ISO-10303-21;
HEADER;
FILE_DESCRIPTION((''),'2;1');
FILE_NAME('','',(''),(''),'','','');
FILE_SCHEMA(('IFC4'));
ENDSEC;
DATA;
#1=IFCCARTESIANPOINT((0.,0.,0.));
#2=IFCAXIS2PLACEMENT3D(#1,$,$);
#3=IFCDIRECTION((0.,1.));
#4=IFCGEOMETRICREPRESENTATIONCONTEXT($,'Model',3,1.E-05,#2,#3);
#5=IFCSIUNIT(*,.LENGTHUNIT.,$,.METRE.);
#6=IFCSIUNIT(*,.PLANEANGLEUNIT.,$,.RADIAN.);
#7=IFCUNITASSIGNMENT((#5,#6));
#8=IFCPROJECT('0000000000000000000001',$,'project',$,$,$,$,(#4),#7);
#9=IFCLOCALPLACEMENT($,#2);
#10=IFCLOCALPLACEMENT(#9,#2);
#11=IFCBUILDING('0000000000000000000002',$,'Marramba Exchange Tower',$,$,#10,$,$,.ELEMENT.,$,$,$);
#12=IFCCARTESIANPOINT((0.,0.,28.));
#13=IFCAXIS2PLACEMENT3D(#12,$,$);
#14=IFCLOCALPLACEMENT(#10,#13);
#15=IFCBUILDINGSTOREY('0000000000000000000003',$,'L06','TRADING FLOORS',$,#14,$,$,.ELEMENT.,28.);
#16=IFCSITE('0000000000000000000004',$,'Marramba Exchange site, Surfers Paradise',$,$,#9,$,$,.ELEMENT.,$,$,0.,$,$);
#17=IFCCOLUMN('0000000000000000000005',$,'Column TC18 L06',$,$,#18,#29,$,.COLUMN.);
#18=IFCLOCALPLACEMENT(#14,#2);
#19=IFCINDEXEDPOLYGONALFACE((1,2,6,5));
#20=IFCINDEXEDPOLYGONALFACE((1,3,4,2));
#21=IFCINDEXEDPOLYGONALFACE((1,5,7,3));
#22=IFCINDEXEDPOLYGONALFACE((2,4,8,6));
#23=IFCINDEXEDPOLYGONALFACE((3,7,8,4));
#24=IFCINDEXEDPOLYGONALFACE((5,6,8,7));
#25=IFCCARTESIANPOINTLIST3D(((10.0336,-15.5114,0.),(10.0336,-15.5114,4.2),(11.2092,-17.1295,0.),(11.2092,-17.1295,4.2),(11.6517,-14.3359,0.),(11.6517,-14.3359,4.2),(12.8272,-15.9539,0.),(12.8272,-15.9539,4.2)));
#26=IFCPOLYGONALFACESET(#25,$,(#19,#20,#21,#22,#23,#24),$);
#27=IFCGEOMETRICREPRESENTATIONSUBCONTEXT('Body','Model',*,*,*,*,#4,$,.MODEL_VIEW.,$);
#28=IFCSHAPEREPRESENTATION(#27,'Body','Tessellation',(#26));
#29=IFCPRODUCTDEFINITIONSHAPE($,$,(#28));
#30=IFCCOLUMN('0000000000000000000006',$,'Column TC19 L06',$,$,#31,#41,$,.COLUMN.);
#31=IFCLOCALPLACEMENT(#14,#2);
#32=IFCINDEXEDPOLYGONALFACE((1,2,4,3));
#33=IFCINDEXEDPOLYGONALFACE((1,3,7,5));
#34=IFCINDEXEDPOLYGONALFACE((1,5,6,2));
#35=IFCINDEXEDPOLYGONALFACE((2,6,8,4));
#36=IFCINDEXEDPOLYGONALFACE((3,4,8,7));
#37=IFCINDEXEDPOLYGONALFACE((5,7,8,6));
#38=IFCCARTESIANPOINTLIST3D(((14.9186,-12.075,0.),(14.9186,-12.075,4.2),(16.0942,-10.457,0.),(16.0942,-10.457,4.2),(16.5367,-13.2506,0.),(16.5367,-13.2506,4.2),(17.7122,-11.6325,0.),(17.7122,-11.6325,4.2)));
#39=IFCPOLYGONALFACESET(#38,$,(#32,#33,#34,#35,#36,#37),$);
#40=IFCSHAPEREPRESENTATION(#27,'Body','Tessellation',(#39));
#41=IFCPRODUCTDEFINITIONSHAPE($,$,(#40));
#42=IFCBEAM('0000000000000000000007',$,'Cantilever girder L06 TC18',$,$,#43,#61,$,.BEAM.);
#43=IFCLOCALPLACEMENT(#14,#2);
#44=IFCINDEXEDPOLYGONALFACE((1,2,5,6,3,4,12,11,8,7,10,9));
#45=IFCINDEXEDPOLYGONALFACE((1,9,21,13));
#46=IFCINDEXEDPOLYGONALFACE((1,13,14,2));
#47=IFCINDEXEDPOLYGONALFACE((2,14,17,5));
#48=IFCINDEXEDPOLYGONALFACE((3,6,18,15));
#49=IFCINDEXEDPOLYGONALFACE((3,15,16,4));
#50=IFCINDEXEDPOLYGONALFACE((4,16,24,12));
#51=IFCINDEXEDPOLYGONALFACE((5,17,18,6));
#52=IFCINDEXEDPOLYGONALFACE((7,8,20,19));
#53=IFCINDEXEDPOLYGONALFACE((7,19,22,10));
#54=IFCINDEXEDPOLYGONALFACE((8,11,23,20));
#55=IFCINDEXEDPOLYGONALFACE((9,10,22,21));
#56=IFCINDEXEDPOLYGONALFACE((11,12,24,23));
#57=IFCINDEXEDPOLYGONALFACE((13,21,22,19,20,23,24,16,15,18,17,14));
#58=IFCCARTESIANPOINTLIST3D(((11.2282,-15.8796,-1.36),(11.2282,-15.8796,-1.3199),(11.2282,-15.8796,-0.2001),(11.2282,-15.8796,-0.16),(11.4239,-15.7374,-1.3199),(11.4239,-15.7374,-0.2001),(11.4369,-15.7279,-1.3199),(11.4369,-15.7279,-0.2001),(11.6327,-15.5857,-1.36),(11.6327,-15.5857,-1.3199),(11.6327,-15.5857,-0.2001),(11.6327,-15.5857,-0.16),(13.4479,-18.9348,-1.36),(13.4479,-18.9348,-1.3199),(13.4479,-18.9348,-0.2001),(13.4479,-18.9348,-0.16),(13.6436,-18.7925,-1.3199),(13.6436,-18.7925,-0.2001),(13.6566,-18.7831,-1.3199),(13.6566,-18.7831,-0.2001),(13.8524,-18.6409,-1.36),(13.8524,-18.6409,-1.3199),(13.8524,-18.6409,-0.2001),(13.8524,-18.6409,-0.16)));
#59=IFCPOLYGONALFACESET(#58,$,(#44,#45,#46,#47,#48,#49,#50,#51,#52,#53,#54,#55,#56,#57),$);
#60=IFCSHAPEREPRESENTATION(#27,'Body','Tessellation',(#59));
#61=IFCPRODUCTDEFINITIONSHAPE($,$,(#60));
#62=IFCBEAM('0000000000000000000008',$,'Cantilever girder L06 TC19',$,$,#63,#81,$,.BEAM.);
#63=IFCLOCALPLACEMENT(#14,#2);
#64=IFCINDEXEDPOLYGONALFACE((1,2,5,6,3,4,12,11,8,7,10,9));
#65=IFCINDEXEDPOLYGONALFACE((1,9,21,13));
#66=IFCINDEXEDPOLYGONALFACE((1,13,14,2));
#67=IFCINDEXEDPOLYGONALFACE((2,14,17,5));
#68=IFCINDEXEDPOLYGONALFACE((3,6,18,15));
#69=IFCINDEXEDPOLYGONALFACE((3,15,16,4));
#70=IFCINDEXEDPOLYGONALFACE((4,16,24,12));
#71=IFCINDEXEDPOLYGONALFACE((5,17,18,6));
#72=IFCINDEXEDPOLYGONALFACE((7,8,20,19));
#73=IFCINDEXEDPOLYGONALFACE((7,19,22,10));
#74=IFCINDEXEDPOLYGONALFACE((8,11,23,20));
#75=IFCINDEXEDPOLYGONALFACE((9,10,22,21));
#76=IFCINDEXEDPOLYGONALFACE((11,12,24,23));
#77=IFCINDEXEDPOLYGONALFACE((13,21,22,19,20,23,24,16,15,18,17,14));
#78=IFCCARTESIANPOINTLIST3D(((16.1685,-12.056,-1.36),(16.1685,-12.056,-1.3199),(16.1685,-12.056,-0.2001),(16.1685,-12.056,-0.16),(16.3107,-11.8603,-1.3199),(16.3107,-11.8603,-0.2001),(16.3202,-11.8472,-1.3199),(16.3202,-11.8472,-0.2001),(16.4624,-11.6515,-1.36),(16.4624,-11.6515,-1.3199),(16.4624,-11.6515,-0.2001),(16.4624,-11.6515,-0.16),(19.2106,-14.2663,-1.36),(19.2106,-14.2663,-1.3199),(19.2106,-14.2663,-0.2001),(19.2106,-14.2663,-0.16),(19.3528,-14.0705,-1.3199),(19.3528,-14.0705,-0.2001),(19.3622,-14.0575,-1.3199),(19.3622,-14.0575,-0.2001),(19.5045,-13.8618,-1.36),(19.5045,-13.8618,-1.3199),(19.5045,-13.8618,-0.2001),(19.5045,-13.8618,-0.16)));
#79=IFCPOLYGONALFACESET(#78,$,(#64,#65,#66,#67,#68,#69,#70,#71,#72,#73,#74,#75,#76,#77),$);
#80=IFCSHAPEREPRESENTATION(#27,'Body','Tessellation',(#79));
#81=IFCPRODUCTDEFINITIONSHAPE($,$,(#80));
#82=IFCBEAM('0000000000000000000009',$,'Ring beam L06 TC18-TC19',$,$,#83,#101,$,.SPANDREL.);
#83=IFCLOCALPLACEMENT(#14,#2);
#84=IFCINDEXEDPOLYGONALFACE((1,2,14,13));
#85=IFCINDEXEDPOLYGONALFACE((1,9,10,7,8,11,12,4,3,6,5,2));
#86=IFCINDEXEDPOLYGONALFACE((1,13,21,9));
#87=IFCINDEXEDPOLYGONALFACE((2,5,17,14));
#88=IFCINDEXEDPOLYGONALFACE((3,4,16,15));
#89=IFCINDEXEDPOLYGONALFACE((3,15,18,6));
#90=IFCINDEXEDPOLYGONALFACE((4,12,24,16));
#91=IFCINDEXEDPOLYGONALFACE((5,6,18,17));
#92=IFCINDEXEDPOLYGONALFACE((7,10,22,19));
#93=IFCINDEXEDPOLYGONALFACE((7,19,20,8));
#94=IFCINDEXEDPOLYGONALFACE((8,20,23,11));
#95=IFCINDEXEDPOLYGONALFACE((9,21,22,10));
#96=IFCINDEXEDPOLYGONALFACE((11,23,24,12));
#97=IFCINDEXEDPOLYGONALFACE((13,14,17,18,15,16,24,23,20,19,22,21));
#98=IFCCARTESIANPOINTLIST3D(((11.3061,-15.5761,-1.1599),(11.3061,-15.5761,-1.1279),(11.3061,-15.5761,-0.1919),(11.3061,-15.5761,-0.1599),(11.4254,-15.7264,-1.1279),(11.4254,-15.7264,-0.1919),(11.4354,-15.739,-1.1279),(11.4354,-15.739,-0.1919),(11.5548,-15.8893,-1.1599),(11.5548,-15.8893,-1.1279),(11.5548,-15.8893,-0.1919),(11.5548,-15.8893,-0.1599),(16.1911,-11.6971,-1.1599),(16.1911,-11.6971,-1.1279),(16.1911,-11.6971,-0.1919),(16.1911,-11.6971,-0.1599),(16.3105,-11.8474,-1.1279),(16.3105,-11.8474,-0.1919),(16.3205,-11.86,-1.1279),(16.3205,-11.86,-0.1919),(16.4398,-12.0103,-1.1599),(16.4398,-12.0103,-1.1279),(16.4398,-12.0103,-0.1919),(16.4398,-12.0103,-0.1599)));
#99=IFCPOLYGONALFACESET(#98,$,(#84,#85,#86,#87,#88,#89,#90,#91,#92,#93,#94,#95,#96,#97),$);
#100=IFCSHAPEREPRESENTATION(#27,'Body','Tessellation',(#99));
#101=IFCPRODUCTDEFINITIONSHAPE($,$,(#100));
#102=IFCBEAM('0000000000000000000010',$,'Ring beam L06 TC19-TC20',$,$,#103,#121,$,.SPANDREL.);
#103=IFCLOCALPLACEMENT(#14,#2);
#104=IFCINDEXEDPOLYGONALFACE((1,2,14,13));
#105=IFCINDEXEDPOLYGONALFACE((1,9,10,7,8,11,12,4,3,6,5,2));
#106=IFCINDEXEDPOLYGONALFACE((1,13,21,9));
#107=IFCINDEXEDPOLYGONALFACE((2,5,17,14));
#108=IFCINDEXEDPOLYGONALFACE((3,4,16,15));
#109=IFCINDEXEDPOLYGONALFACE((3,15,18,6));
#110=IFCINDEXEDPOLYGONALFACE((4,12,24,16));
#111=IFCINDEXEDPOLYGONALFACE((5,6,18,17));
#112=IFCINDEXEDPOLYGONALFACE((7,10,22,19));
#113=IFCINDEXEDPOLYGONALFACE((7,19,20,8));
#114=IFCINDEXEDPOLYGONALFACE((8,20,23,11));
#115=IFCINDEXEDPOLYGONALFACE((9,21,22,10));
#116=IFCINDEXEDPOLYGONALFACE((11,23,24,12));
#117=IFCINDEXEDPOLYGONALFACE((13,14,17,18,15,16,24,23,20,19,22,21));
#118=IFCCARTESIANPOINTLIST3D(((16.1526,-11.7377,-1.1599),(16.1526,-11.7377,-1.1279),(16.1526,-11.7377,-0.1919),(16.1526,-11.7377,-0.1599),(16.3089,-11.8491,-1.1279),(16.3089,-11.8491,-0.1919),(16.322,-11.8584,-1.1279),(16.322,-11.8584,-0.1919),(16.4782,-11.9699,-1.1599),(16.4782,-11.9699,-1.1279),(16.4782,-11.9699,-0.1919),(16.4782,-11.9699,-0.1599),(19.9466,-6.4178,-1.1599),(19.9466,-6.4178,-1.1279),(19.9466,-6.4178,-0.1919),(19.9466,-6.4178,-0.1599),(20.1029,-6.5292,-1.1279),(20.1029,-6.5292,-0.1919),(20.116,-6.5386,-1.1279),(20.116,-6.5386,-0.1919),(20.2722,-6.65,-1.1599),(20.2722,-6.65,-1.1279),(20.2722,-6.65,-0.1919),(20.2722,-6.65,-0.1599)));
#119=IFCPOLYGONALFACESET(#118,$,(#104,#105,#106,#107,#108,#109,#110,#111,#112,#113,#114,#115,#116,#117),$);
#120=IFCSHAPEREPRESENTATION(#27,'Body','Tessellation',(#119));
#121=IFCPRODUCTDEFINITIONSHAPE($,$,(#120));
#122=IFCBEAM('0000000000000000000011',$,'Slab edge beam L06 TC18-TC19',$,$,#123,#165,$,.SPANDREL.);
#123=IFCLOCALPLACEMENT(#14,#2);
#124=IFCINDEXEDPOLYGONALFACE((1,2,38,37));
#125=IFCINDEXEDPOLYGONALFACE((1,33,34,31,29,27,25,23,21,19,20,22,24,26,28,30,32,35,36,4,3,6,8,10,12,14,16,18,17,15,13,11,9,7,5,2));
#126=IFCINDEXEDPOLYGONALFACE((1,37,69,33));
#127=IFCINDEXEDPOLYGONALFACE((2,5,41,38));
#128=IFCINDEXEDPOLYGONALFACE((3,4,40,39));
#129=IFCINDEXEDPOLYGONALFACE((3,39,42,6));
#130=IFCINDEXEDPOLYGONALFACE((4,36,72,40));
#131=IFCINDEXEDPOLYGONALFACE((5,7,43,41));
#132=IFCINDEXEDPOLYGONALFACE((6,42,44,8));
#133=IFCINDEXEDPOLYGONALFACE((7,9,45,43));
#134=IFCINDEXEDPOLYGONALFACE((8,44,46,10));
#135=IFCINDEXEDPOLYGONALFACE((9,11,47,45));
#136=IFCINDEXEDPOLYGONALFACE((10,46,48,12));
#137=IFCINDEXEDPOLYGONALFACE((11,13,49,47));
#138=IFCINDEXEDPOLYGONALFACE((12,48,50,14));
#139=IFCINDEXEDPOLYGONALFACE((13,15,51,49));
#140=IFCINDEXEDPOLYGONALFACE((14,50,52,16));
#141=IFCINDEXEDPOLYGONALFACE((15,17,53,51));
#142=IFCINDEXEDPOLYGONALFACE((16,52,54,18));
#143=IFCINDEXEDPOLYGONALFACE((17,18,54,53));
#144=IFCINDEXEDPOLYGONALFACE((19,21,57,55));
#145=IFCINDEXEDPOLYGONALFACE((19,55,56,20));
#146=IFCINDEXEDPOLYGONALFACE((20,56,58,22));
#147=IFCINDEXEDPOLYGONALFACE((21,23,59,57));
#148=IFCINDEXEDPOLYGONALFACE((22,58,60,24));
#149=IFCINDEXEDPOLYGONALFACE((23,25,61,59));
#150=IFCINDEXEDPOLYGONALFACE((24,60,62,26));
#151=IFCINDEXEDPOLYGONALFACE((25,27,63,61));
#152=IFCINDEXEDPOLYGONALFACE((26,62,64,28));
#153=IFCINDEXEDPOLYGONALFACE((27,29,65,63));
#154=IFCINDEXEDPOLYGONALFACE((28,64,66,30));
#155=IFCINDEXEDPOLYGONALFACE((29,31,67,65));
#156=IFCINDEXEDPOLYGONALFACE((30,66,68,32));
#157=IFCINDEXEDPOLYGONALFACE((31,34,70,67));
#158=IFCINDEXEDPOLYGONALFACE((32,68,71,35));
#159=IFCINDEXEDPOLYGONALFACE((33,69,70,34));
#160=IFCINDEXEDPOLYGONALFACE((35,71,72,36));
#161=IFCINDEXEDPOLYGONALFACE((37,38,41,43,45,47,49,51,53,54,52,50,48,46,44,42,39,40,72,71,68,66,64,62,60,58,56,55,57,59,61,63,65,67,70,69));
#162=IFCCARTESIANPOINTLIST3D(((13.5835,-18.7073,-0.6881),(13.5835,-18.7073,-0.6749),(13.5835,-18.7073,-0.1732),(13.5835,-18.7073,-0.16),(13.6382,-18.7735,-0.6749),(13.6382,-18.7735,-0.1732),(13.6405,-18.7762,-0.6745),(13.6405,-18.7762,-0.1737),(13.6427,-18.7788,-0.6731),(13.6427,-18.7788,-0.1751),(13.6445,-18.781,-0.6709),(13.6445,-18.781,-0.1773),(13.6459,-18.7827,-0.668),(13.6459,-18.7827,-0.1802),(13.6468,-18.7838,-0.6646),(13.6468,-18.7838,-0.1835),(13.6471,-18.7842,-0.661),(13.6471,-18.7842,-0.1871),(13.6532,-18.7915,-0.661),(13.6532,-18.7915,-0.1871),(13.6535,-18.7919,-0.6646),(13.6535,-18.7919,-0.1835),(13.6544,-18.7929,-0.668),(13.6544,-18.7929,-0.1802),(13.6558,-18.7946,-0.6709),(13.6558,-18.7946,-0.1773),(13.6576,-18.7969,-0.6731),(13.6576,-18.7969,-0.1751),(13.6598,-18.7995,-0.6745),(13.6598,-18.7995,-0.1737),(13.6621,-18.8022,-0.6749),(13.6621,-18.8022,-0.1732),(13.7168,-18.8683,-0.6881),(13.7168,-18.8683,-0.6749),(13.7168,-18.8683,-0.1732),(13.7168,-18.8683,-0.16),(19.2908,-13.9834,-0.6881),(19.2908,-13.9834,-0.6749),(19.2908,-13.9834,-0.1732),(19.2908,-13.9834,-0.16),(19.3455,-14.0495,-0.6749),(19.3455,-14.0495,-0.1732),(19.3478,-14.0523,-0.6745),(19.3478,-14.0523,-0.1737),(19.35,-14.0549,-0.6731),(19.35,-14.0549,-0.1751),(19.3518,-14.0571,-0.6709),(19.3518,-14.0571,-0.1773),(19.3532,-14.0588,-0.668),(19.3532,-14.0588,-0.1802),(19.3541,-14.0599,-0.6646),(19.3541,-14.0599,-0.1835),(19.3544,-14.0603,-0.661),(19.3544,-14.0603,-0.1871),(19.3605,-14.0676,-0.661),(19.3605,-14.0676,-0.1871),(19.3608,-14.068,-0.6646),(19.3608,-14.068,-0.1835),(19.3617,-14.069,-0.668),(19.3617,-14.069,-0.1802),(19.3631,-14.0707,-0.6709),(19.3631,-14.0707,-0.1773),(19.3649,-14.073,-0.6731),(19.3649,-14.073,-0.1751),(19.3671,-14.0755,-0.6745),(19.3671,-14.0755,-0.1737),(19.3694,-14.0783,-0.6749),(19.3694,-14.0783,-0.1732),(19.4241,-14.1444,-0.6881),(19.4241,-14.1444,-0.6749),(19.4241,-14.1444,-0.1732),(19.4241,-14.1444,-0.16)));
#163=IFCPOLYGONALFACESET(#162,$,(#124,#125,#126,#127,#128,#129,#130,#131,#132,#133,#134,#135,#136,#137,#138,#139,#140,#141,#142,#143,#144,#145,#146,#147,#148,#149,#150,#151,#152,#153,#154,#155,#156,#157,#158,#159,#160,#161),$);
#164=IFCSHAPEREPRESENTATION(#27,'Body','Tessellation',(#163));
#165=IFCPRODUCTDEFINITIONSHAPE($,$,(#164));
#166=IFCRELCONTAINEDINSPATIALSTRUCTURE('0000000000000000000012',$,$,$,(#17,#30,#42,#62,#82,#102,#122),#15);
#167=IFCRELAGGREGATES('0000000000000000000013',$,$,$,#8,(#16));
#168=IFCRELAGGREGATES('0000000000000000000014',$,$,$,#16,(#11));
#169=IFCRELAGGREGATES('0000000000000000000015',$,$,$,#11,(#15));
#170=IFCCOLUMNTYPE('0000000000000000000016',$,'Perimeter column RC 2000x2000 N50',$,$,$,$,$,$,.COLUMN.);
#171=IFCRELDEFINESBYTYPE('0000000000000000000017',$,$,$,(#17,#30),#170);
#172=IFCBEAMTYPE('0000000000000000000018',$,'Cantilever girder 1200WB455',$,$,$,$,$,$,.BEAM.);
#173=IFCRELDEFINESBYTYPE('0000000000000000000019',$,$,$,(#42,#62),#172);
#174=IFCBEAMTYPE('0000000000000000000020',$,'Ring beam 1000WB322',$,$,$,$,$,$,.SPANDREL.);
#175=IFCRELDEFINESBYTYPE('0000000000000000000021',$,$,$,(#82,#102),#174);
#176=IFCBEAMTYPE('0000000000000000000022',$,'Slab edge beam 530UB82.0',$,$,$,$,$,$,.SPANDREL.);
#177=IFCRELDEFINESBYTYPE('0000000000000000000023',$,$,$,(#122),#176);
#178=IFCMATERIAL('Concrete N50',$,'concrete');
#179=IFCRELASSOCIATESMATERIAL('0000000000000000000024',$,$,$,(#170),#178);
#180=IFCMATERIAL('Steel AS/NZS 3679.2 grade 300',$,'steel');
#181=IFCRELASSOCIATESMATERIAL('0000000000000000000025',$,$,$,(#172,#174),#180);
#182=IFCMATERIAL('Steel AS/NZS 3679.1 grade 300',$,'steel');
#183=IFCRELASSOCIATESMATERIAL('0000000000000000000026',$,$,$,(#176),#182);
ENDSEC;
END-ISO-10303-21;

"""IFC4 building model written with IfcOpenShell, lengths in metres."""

from ifc_helpers import new_model, si_unit, direction, frame, origin, origin_2d, place, context, subcontext, project, spatial, rectangle, i_section, extrude, material, material_profile, profile_set, type_object, element, save


model = new_model("IFC4")

# Units and contexts
model_context = context("Model", 3, precision=1e-05, world=origin(), true_north=direction((0.0, 1.0)))
body_context = subcontext(model_context, "Body", "Model", "MODEL_VIEW")
ifc_project = project(units=[si_unit("LENGTHUNIT", "METRE"), si_unit("PLANEANGLEUNIT", "RADIAN")], contexts=[model_context])

# Site, building, storey
site_placement = place(None, origin())
site = spatial("IfcSite", under=ifc_project, at=site_placement, Name="Marramba Exchange site, Surfers Paradise", CompositionType="ELEMENT", RefElevation=0.0)
building_placement = place(site_placement, origin())
building = spatial("IfcBuilding", under=site, at=building_placement, Name="Marramba Exchange Tower", CompositionType="ELEMENT")
storey_placement = place(building_placement, frame((0.0, 0.0, 28.0)))
storey = spatial("IfcBuildingStorey", under=building, at=storey_placement, Name="L06", Description="TRADING FLOORS", CompositionType="ELEMENT", Elevation=28.0)

# Columns
ifc_material_1 = material(Name="Concrete N50", Category="concrete")
ifc_material_profile_1 = material_profile(ifc_material_1, rectangle(XDim=2.0, YDim=2.0, at=origin_2d()), Name="RC 2000x2000")
ifc_profile_set_1 = profile_set([ifc_material_profile_1], Name="Concrete N50")
column_type = type_object("IfcColumnType", Name="Perimeter column RC 2000x2000 N50", PredefinedType="COLUMN", material=ifc_profile_set_1)
for number, where, z_axis, x_axis, name in (
    (1, (11.4304, -15.7327, 0.0), (0.0, 0.0, 1.0), (0.587785, -0.809017, 0.0), "Column TC18 L06"),
    (2, (16.3154, -11.8538, 0.0), (0.0, 0.0, 1.0), (0.809017, -0.587785, 0.0), "Column TC19 L06"),
):
    element("IfcColumn", number, at=place(storey_placement, frame(where, z_axis=z_axis, x_axis=x_axis)), inside=storey, type_object=column_type, Name=name, PredefinedType="COLUMN", context=body_context, shape_type="SweptSolid", body=[
        extrude(rectangle(XDim=2.0, YDim=2.0, at=origin_2d()), origin(), (0.0, 0.0, 1.0), 4.2),
    ])

# Beams
ifc_material_2 = material(Name="Steel AS/NZS 3679.2 grade 300", Category="steel")
ifc_material_profile_2 = material_profile(ifc_material_2, i_section(OverallWidth=0.5, OverallDepth=1.2, WebThickness=0.0161, FlangeThickness=0.04, at=origin_2d()), Name="1200WB455")
ifc_profile_set_2 = profile_set([ifc_material_profile_2], Name="Steel AS/NZS 3679.2 grade 300")
beam_type_1 = type_object("IfcBeamType", Name="Cantilever girder 1200WB455", PredefinedType="BEAM", material=ifc_profile_set_2)
beam_1_placement = place(storey_placement, frame((11.4304, -15.7327, -0.76), z_axis=(0.587787, -0.809016, 0.0), x_axis=(0.809016, 0.587787, 0.0)))
element("IfcBeam", 3, at=beam_1_placement, inside=storey, type_object=beam_type_1, Name="Cantilever girder L06 TC18", PredefinedType="BEAM", context=body_context, shape_type="SweptSolid", body=[
    extrude(i_section(OverallWidth=0.5, OverallDepth=1.2, WebThickness=0.0161, FlangeThickness=0.04, at=origin_2d()), origin(), (0.0, 0.0, 1.0), 3.7764),
])
beam_2_placement = place(storey_placement, frame((16.3154, -11.8538, -0.76), z_axis=(0.809008, -0.587797, 0.0), x_axis=(0.587797, 0.809008, 0.0)))
element("IfcBeam", 4, at=beam_2_placement, inside=storey, type_object=beam_type_1, Name="Cantilever girder L06 TC19", PredefinedType="BEAM", context=body_context, shape_type="SweptSolid", body=[
    extrude(i_section(OverallWidth=0.5, OverallDepth=1.2, WebThickness=0.0161, FlangeThickness=0.04, at=origin_2d()), origin(), (0.0, 0.0, 1.0), 3.7603),
])
ifc_material_profile_3 = material_profile(ifc_material_2, i_section(OverallWidth=0.3999, OverallDepth=1.0, WebThickness=0.0161, FlangeThickness=0.032, at=origin_2d()), Name="1000WB322")
ifc_profile_set_3 = profile_set([ifc_material_profile_3], Name="Steel AS/NZS 3679.2 grade 300")
beam_type_2 = type_object("IfcBeamType", Name="Ring beam 1000WB322", PredefinedType="SPANDREL", material=ifc_profile_set_3)
beam_3_placement = place(storey_placement, frame((11.4304, -15.7327, -0.6599), z_axis=(0.783139, 0.621846, 0.0), x_axis=(-0.621846, 0.783139, 0.0)))
element("IfcBeam", 5, at=beam_3_placement, inside=storey, type_object=beam_type_2, Name="Ring beam L06 TC18-TC19", PredefinedType="SPANDREL", context=body_context, shape_type="SweptSolid", body=[
    extrude(i_section(OverallWidth=0.3999, OverallDepth=1.0, WebThickness=0.0161, FlangeThickness=0.032, at=origin_2d()), origin(), (0.0, 0.0, 1.0), 6.2378),
])
beam_4_placement = place(storey_placement, frame((16.3154, -11.8538, -0.6599), z_axis=(0.580637, 0.814162, 0.0), x_axis=(-0.814162, 0.580637, 0.0)))
element("IfcBeam", 6, at=beam_4_placement, inside=storey, type_object=beam_type_2, Name="Ring beam L06 TC19-TC20", PredefinedType="SPANDREL", context=body_context, shape_type="SweptSolid", body=[
    extrude(i_section(OverallWidth=0.3999, OverallDepth=1.0, WebThickness=0.0161, FlangeThickness=0.032, at=origin_2d()), origin(), (0.0, 0.0, 1.0), 6.5342),
])
ifc_material_3 = material(Name="Steel AS/NZS 3679.1 grade 300", Category="steel")
ifc_material_profile_4 = material_profile(ifc_material_3, i_section(OverallWidth=0.209, OverallDepth=0.5281, WebThickness=0.0095, FlangeThickness=0.0132, FilletRadius=0.0139, at=origin_2d()), Name="530UB82.0")
ifc_profile_set_4 = profile_set([ifc_material_profile_4], Name="Steel AS/NZS 3679.1 grade 300")
beam_type_3 = type_object("IfcBeamType", Name="Slab edge beam 530UB82.0", PredefinedType="SPANDREL", material=ifc_profile_set_4)
beam_5_placement = place(storey_placement, frame((13.6501, -18.7878, -0.4241), z_axis=(0.770354, 0.637617, 0.0), x_axis=(-0.637617, 0.770354, 0.0)))
element("IfcBeam", 7, at=beam_5_placement, inside=storey, type_object=beam_type_3, Name="Slab edge beam L06 TC18-TC19", PredefinedType="SPANDREL", context=body_context, shape_type="SweptSolid", body=[
    extrude(i_section(OverallWidth=0.209, OverallDepth=0.5281, WebThickness=0.0095, FlangeThickness=0.0132, FilletRadius=0.0139, at=origin_2d()), origin(), (0.0, 0.0, 1.0), 7.4087),
])

save(model, "model.ifc")
